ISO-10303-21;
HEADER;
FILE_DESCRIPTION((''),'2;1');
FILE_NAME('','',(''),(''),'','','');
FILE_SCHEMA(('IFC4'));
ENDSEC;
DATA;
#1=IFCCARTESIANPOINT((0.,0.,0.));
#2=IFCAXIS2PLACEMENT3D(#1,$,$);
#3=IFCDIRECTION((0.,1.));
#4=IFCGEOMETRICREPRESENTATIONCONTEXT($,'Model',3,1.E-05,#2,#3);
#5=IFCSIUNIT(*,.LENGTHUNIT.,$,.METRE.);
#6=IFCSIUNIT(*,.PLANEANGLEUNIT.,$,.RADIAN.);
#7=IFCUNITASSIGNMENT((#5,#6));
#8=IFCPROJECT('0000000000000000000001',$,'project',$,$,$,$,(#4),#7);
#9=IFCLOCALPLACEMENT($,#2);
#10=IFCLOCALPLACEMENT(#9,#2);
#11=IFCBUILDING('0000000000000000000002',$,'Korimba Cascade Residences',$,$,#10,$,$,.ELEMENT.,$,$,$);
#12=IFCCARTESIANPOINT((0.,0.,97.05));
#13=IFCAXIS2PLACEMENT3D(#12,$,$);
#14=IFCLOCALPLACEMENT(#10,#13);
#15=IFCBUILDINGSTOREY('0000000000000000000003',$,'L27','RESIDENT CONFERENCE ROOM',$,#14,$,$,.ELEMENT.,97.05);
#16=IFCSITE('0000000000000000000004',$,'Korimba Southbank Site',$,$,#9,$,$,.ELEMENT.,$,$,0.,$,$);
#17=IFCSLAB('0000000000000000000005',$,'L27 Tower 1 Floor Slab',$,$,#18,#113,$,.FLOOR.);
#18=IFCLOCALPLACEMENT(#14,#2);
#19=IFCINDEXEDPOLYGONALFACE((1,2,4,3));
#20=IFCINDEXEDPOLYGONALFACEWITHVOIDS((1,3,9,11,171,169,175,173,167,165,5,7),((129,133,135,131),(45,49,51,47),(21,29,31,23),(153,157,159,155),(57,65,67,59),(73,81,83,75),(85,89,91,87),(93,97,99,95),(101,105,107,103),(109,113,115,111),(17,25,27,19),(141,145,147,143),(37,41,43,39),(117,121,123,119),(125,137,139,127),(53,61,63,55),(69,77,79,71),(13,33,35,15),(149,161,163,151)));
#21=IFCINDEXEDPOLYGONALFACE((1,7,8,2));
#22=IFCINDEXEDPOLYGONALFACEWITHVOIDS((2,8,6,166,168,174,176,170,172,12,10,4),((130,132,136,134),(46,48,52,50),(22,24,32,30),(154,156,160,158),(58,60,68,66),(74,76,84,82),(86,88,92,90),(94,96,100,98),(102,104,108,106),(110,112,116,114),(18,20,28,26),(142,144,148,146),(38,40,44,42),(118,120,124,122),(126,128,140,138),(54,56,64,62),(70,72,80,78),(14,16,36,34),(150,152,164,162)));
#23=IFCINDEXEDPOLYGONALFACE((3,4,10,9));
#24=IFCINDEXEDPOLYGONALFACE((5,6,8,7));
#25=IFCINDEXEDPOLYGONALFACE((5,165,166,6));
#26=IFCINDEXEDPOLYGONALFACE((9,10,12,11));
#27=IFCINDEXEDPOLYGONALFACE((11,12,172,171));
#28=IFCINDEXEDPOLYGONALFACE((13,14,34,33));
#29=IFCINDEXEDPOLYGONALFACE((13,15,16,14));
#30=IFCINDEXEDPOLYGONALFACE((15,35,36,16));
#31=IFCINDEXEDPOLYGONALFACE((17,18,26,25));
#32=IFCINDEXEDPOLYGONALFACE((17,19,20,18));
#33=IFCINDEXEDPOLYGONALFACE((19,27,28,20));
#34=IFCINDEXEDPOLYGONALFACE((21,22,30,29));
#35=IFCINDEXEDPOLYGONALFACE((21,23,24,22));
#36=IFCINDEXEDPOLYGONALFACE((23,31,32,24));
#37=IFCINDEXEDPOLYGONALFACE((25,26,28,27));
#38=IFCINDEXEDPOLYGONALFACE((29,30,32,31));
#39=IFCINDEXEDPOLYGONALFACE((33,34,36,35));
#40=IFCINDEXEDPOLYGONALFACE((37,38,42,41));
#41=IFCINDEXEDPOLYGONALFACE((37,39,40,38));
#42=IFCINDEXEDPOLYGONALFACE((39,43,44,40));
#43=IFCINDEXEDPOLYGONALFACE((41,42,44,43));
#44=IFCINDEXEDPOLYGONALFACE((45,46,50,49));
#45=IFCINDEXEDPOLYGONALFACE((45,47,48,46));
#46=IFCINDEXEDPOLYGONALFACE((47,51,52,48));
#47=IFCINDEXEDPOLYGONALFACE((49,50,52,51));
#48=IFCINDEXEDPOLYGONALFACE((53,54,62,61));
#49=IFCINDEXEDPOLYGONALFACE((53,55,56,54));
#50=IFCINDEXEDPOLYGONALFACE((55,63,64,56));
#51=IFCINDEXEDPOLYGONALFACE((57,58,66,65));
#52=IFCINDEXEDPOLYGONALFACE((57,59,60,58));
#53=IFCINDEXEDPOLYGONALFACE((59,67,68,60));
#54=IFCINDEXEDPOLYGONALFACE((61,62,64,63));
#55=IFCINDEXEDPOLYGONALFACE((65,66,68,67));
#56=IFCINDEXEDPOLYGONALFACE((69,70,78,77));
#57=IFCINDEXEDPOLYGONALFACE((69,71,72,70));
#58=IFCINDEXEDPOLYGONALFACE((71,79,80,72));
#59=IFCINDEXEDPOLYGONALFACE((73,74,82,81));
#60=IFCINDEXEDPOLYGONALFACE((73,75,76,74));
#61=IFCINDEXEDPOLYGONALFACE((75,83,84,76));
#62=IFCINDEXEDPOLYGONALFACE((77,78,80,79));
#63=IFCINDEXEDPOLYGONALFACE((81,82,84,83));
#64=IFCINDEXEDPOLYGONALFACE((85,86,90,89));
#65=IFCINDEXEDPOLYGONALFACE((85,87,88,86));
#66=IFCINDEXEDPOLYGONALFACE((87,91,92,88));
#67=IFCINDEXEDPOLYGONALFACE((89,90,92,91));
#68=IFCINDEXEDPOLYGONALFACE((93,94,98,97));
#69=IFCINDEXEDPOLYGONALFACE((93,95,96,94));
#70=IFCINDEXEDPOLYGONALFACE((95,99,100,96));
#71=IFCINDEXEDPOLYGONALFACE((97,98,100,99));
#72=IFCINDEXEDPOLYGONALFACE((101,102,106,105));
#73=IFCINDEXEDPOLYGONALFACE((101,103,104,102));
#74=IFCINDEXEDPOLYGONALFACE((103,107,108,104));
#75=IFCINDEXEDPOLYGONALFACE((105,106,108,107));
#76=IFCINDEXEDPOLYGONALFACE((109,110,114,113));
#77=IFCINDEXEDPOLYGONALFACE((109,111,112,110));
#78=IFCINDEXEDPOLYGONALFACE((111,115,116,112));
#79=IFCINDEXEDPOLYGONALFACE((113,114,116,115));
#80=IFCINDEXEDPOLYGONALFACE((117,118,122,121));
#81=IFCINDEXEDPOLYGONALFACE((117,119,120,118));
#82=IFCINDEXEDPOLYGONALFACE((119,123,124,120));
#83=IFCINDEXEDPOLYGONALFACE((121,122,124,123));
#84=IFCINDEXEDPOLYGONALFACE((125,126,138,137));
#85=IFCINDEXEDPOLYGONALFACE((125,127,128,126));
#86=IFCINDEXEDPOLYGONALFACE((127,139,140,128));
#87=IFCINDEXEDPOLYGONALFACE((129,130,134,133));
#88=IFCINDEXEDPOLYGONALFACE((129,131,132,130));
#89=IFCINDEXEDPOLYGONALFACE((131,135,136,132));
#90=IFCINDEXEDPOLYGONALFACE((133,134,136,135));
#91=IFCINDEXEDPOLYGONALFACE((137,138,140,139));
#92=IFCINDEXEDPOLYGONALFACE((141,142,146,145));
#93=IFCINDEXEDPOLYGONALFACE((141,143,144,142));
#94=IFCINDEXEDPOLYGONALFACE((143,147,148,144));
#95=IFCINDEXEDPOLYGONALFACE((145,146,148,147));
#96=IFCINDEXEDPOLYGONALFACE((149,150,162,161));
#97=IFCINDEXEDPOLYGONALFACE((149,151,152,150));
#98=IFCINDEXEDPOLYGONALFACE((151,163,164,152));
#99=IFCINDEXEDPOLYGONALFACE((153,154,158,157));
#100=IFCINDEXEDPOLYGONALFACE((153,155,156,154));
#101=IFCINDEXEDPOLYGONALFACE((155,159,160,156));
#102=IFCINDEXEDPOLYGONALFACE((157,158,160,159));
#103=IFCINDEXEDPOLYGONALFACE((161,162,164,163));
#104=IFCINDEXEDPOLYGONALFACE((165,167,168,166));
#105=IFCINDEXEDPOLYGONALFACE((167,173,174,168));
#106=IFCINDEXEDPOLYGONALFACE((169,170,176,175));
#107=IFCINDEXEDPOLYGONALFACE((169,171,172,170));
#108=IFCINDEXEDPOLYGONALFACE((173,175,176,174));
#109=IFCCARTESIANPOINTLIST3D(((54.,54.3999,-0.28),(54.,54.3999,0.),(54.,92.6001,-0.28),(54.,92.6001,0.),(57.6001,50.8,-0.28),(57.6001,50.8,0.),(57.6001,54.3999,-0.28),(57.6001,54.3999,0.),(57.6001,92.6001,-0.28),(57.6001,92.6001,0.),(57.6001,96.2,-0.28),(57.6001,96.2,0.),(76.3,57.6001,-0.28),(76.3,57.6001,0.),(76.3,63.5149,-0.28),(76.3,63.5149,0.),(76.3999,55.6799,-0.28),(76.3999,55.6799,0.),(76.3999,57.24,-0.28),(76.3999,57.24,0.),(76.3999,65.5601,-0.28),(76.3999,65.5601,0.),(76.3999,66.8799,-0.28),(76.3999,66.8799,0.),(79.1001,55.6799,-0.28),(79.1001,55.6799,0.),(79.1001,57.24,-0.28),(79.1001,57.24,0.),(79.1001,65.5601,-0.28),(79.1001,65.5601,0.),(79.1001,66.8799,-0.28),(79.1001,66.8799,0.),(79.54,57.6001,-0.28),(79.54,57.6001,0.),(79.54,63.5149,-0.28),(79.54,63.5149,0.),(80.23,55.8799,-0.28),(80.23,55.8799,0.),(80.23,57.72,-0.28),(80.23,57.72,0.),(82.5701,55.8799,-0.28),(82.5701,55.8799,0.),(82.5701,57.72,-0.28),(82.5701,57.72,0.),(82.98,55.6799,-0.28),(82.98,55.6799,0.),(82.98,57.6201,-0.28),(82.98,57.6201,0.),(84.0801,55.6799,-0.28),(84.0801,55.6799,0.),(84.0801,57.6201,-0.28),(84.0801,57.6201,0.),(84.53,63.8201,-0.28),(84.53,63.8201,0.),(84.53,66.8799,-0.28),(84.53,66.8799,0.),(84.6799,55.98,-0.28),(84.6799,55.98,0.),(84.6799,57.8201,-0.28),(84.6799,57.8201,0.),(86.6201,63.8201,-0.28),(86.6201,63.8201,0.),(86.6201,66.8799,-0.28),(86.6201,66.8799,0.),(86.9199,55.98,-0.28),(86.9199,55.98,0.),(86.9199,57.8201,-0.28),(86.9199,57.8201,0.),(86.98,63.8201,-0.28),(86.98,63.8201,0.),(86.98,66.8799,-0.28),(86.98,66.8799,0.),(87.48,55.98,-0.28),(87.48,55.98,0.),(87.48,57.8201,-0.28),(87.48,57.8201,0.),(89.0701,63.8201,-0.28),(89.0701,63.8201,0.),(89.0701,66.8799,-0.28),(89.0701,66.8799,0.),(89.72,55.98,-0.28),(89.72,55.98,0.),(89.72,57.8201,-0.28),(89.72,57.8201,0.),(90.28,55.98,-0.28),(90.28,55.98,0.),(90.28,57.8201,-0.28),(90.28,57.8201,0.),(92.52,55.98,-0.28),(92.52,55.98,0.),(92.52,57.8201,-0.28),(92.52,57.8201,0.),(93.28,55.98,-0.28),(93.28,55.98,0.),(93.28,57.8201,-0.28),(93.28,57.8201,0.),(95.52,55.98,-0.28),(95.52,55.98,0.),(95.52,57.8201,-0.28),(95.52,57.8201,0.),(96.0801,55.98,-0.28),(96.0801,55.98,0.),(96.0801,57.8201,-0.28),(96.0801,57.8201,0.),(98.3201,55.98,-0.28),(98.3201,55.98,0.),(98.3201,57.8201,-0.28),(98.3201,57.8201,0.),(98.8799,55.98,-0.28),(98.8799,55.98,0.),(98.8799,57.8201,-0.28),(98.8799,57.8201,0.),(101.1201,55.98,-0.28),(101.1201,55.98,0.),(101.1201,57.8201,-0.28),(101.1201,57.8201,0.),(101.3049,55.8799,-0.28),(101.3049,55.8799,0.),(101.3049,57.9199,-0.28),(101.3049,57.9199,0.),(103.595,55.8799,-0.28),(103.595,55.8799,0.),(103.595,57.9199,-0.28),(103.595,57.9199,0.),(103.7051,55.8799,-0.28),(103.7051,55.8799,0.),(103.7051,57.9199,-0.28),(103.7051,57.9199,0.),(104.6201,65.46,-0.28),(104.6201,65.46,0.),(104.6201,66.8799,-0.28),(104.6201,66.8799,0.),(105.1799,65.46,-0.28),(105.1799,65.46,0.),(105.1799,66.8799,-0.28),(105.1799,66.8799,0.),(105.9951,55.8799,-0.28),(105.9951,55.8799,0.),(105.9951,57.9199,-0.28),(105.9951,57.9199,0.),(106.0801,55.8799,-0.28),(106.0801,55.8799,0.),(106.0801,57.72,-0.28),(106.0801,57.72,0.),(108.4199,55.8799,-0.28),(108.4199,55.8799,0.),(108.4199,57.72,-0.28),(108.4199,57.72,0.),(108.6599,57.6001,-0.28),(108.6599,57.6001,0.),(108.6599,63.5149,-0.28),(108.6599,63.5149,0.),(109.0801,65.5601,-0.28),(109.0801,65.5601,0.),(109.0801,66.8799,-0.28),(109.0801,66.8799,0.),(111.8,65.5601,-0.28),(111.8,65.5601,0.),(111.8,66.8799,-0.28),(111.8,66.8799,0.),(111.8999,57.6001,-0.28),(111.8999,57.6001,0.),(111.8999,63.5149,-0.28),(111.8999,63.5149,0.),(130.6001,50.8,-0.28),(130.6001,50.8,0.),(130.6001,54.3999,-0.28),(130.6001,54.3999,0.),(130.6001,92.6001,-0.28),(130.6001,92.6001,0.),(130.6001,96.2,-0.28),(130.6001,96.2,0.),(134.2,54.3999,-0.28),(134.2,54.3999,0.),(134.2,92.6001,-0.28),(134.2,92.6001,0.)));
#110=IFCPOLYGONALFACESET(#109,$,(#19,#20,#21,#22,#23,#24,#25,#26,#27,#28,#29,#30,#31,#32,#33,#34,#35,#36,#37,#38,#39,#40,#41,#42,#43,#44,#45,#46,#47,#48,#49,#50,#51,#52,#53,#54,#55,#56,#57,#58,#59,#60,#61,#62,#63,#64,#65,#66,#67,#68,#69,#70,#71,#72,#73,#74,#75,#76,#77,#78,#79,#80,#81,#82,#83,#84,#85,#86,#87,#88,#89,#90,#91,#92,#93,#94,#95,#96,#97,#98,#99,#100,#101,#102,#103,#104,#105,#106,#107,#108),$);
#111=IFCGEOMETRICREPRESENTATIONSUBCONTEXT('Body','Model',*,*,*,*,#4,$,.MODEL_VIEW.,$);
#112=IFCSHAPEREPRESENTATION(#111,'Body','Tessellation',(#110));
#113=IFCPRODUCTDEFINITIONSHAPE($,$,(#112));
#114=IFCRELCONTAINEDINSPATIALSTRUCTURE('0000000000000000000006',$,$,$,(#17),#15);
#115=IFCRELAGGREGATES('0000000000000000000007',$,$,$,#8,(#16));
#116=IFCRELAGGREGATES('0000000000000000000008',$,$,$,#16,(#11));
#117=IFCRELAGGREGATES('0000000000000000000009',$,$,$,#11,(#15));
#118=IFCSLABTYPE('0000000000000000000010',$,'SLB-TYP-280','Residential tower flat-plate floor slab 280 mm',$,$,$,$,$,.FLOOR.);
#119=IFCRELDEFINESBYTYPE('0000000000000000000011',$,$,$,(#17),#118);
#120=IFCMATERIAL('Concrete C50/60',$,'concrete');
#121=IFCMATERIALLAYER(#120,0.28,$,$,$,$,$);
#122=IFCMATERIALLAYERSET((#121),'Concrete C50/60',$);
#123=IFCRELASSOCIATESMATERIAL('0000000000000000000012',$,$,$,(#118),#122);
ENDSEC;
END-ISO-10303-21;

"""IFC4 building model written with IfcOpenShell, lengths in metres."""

from ifc_helpers import new_model, si_unit, direction, frame, origin, place, context, subcontext, project, spatial, polyline, outline, extrude, material, layer, layer_set, type_object, element, save


model = new_model("IFC4")

# Units and contexts
model_context = context("Model", 3, precision=1e-05, world=origin(), true_north=direction((0.0, 1.0)))
body_context = subcontext(model_context, "Body", "Model", "MODEL_VIEW")
ifc_project = project(units=[si_unit("LENGTHUNIT", "METRE"), si_unit("PLANEANGLEUNIT", "RADIAN")], contexts=[model_context])

# Site, building, storey
site_placement = place(None, origin())
site = spatial("IfcSite", under=ifc_project, at=site_placement, Name="Korimba Southbank Site", CompositionType="ELEMENT", RefElevation=0.0)
building_placement = place(site_placement, origin())
building = spatial("IfcBuilding", under=site, at=building_placement, Name="Korimba Cascade Residences", CompositionType="ELEMENT")
storey_placement = place(building_placement, frame((0.0, 0.0, 97.05)))
storey = spatial("IfcBuildingStorey", under=building, at=storey_placement, Name="L27", Description="RESIDENT CONFERENCE ROOM", CompositionType="ELEMENT", Elevation=97.05)

# Shared definitions
ifc_material_1 = material(Name="Concrete C50/60", Category="concrete")

# Slab
ifc_layer_1 = layer(ifc_material_1, 0.28)
ifc_layer_set_1 = layer_set([ifc_layer_1], Name="Concrete C50/60")
slab_type_1 = type_object("IfcSlabType", Name="SLB-TYP-280", Description="Residential tower flat-plate floor slab 280 mm", PredefinedType="FLOOR", material=ifc_layer_set_1)
slab_1_placement = place(storey_placement, frame((0.0, 0.0, -0.28)))
element("IfcSlab", 1, at=slab_1_placement, inside=storey, type_object=slab_type_1, Name="L27 Tower 1 Floor Slab", PredefinedType="FLOOR", context=body_context, shape_type="SweptSolid", body=[
    extrude(outline(polyline([(57.6001, 50.8), (130.6001, 50.8), (130.6001, 54.3999), (134.2, 54.3999), (134.2, 92.6001), (130.6001, 92.6001), (130.6001, 96.2), (57.6001, 96.2), (57.6001, 92.6001), (54.0, 92.6001), (54.0, 54.3999), (57.6001, 54.3999), (57.6001, 50.8)]), holes=[polyline([(76.3, 63.5149), (76.3, 57.6001), (79.54, 57.6001), (79.54, 63.5149), (76.3, 63.5149)]), polyline([(108.6599, 63.5149), (108.6599, 57.6001), (111.8999, 57.6001), (111.8999, 63.5149), (108.6599, 63.5149)]), polyline([(80.23, 55.8799), (82.5701, 55.8799), (82.5701, 57.72), (80.23, 57.72), (80.23, 55.8799)]), polyline([(106.0801, 55.8799), (108.4199, 55.8799), (108.4199, 57.72), (106.0801, 57.72), (106.0801, 55.8799)]), polyline([(84.6799, 55.98), (86.9199, 55.98), (86.9199, 57.8201), (84.6799, 57.8201), (84.6799, 55.98)]), polyline([(87.48, 55.98), (89.72, 55.98), (89.72, 57.8201), (87.48, 57.8201), (87.48, 55.98)]), polyline([(90.28, 55.98), (92.52, 55.98), (92.52, 57.8201), (90.28, 57.8201), (90.28, 55.98)]), polyline([(93.28, 55.98), (95.52, 55.98), (95.52, 57.8201), (93.28, 57.8201), (93.28, 55.98)]), polyline([(96.0801, 55.98), (98.3201, 55.98), (98.3201, 57.8201), (96.0801, 57.8201), (96.0801, 55.98)]), polyline([(98.8799, 55.98), (101.1201, 55.98), (101.1201, 57.8201), (98.8799, 57.8201), (98.8799, 55.98)]), polyline([(101.3049, 55.8799), (103.595, 55.8799), (103.595, 57.9199), (101.3049, 57.9199), (101.3049, 55.8799)]), polyline([(103.7051, 55.8799), (105.9951, 55.8799), (105.9951, 57.9199), (103.7051, 57.9199), (103.7051, 55.8799)]), polyline([(82.98, 55.6799), (84.0801, 55.6799), (84.0801, 57.6201), (82.98, 57.6201), (82.98, 55.6799)]), polyline([(76.3999, 65.5601), (79.1001, 65.5601), (79.1001, 66.8799), (76.3999, 66.8799), (76.3999, 65.5601)]), polyline([(76.3999, 55.6799), (79.1001, 55.6799), (79.1001, 57.24), (76.3999, 57.24), (76.3999, 55.6799)]), polyline([(84.53, 63.8201), (86.6201, 63.8201), (86.6201, 66.8799), (84.53, 66.8799), (84.53, 63.8201)]), polyline([(86.98, 63.8201), (89.0701, 63.8201), (89.0701, 66.8799), (86.98, 66.8799), (86.98, 63.8201)]), polyline([(104.6201, 65.46), (105.1799, 65.46), (105.1799, 66.8799), (104.6201, 66.8799), (104.6201, 65.46)]), polyline([(109.0801, 65.5601), (111.8, 65.5601), (111.8, 66.8799), (109.0801, 66.8799), (109.0801, 65.5601)])]), origin(), (0.0, 0.0, 1.0), 0.28),
])

save(model, "model.ifc")
